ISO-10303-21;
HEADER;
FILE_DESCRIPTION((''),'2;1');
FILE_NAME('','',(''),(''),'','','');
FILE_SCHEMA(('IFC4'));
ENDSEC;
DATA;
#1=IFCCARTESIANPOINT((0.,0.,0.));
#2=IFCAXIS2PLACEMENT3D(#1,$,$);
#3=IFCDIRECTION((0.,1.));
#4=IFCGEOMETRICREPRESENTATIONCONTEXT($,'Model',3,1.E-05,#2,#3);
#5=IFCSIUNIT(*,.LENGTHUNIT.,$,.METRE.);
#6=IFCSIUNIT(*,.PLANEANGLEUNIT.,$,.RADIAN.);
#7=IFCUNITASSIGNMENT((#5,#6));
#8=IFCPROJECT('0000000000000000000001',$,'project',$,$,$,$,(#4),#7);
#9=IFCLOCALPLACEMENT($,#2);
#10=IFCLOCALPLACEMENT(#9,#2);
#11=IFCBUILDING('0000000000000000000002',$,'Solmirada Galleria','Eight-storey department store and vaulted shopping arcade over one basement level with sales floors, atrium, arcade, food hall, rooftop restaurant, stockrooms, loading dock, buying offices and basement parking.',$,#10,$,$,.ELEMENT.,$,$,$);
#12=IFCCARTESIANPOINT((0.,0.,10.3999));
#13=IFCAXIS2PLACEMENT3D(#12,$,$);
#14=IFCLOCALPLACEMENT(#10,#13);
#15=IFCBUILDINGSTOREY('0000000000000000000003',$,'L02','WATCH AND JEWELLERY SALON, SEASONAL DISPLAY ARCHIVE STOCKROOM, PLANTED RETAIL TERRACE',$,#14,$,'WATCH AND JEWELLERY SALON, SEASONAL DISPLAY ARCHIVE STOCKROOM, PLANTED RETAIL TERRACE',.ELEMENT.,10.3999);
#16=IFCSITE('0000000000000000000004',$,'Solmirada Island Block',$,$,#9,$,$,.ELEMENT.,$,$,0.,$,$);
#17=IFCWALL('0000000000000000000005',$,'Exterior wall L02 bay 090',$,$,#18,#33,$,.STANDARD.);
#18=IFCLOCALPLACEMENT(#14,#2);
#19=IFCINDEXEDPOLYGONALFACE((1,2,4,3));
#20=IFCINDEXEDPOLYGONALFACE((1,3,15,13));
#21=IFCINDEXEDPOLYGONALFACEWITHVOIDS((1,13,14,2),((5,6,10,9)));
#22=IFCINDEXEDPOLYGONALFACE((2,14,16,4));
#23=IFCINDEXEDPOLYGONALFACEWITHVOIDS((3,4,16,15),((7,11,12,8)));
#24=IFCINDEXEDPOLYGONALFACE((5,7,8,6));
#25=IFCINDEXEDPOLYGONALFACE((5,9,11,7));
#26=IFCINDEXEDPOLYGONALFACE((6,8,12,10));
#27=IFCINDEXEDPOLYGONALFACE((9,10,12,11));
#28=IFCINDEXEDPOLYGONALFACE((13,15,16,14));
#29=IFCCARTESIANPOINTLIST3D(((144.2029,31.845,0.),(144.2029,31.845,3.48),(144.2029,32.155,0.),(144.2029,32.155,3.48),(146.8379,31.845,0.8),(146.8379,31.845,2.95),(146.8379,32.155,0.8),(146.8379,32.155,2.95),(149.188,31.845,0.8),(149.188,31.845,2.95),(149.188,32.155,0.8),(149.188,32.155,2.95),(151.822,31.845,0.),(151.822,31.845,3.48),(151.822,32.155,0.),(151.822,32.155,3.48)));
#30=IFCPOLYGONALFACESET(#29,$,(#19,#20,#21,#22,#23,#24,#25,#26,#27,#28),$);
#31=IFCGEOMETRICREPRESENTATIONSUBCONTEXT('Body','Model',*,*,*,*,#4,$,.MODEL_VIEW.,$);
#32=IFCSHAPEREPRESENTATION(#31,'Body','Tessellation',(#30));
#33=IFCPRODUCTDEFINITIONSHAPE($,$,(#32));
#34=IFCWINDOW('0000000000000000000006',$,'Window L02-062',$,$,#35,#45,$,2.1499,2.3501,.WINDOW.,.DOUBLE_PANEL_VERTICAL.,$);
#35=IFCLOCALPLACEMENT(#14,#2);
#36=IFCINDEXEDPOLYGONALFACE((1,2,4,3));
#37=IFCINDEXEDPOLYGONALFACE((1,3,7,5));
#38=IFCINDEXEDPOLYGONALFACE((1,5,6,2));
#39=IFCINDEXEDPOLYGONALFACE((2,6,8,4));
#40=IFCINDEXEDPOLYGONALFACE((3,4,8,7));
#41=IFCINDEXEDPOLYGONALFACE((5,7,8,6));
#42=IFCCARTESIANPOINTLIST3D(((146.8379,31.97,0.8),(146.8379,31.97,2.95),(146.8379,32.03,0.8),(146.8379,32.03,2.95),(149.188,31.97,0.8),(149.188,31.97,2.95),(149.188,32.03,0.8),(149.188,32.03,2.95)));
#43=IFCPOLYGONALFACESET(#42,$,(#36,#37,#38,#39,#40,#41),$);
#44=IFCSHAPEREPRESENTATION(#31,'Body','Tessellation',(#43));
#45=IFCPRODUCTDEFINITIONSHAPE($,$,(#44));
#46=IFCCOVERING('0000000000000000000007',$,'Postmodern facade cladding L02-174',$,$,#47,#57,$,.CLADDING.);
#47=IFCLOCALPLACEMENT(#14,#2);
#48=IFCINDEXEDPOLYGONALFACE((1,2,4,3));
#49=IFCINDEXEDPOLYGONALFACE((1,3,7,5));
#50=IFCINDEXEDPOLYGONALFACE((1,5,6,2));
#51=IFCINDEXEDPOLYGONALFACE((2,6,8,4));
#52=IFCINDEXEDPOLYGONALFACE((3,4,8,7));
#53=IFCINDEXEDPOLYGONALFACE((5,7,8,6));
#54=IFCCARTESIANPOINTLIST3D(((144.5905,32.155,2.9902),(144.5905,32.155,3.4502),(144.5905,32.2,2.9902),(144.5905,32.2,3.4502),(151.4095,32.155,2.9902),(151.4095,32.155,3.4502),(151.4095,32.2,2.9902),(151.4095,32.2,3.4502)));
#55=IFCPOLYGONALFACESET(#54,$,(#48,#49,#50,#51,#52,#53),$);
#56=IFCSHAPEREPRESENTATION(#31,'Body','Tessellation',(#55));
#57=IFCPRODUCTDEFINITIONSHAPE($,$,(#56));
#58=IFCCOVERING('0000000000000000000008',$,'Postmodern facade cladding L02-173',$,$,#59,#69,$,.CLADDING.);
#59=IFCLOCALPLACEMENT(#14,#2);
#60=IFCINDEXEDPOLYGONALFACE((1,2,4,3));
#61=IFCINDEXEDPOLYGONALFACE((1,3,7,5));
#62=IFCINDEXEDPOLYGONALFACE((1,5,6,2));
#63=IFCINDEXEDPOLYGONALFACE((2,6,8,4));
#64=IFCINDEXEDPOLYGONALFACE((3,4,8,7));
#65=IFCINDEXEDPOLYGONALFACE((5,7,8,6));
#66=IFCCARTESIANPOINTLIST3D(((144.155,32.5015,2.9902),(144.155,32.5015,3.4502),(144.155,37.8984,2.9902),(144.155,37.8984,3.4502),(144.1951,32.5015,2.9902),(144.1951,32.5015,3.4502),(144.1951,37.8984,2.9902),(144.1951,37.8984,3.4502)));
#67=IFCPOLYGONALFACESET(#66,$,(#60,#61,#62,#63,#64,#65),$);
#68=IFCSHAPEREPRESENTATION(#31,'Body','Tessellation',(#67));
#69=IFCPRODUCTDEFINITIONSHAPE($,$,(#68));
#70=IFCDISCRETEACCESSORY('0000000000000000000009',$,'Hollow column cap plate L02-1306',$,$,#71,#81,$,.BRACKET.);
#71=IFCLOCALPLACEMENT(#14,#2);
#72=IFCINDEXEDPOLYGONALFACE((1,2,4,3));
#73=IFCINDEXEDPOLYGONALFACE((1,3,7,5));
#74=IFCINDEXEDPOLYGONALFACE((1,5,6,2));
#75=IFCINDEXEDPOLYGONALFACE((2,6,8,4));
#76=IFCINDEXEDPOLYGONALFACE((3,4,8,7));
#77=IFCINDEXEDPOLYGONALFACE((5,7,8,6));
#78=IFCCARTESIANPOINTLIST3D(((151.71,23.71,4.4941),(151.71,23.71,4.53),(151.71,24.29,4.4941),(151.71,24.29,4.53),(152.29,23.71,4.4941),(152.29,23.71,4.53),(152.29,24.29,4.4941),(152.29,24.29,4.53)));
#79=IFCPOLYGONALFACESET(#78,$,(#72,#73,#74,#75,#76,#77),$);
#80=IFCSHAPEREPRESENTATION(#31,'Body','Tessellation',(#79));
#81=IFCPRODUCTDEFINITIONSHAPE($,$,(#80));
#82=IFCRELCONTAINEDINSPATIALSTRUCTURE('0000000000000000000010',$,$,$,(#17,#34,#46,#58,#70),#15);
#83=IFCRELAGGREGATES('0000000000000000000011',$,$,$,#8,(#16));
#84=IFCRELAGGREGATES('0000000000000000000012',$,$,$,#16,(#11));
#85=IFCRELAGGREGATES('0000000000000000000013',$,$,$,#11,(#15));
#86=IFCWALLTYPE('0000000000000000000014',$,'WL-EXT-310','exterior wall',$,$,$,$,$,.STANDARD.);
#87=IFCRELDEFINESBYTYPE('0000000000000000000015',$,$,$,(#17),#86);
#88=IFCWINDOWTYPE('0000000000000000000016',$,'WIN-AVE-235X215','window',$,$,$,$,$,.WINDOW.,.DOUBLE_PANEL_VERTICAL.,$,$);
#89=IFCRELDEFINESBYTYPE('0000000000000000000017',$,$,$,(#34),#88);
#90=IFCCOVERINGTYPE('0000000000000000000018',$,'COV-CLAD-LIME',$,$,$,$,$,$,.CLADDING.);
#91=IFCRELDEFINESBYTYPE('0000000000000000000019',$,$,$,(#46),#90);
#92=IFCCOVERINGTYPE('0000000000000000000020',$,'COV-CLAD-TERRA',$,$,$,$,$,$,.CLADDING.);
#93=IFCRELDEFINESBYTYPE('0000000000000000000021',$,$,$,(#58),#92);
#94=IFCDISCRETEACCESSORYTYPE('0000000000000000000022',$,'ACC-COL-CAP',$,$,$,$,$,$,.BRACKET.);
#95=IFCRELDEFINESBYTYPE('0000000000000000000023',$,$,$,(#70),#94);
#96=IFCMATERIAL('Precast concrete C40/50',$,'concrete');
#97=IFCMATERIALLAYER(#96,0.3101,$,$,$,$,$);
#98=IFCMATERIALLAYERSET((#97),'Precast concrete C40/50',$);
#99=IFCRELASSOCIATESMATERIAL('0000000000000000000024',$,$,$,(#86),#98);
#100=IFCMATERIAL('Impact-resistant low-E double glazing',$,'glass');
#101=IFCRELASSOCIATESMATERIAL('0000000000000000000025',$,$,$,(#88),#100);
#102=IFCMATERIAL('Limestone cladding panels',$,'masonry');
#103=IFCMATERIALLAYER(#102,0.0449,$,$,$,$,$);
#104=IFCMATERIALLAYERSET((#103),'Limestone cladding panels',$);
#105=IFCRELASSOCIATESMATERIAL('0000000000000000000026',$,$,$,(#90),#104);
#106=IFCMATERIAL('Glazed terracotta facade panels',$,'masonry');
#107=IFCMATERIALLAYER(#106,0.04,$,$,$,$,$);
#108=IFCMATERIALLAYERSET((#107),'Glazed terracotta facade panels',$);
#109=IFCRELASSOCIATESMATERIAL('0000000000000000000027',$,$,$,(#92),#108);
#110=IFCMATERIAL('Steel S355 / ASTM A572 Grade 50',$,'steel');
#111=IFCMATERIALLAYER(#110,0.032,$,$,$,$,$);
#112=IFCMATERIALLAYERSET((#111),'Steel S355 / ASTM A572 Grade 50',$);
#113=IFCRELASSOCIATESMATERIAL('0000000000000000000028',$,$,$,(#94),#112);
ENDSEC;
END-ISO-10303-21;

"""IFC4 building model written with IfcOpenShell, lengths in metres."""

from ifc_helpers import new_model, si_unit, direction, frame, frame_2d, origin, origin_2d, place, context, subcontext, project, spatial, rectangle, extrude, material, layer, layer_set, type_object, element, fill, save


model = new_model("IFC4")

# Units and contexts
model_context = context("Model", 3, precision=1e-05, world=origin(), true_north=direction((0.0, 1.0)))
body_context = subcontext(model_context, "Body", "Model", "MODEL_VIEW")
ifc_project = project(units=[si_unit("LENGTHUNIT", "METRE"), si_unit("PLANEANGLEUNIT", "RADIAN")], contexts=[model_context])

# Site, building, storey
site_placement = place(None, origin())
site = spatial("IfcSite", under=ifc_project, at=site_placement, Name="Solmirada Island Block", CompositionType="ELEMENT", RefElevation=0.0)
building_placement = place(site_placement, origin())
building = spatial("IfcBuilding", under=site, at=building_placement, Name="Solmirada Galleria", Description="Eight-storey department store and vaulted shopping arcade over one basement level with sales floors, atrium, arcade, food hall, rooftop restaurant, stockrooms, loading dock, buying offices and basement parking.", CompositionType="ELEMENT")
storey_placement = place(building_placement, frame((0.0, 0.0, 10.3999)))
storey = spatial("IfcBuildingStorey", under=building, at=storey_placement, Name="L02", Description="WATCH AND JEWELLERY SALON, SEASONAL DISPLAY ARCHIVE STOCKROOM, PLANTED RETAIL TERRACE", LongName="WATCH AND JEWELLERY SALON, SEASONAL DISPLAY ARCHIVE STOCKROOM, PLANTED RETAIL TERRACE", CompositionType="ELEMENT", Elevation=10.3999)

# Shared definitions
ifc_material_1 = material(Name="Impact-resistant low-E double glazing", Category="glass")

# Wall, opening, window
ifc_material_2 = material(Name="Precast concrete C40/50", Category="concrete")
ifc_layer_1 = layer(ifc_material_2, 0.3101)
ifc_layer_set_1 = layer_set([ifc_layer_1], Name="Precast concrete C40/50")
wall_type = type_object("IfcWallType", Name="WL-EXT-310", Description="exterior wall", PredefinedType="STANDARD", material=ifc_layer_set_1)
wall_placement = place(storey_placement, frame((144.2029, 32.0, 0.0), z_axis=(0.0, 0.0, 1.0), x_axis=(1.0, 0.0, 0.0)))
wall = element("IfcWall", 1, at=wall_placement, inside=storey, type_object=wall_type, Name="Exterior wall L02 bay 090", PredefinedType="STANDARD", context=body_context, shape_type="SweptSolid", body=[
    extrude(rectangle(XDim=7.6191, YDim=0.3101, at=frame_2d((3.8096, 0.0))), origin(), (0.0, 0.0, 1.0), 3.48),
])
opening_placement = place(wall_placement, frame((2.635, 0.0, 0.8)))
opening = element("IfcOpeningElement", 2, at=opening_placement, cuts=wall, PredefinedType="OPENING", context=body_context, shape_type="SweptSolid", body=[
    extrude(rectangle(XDim=2.3501, YDim=2.1499, at=frame_2d((1.175, 1.075))), frame((0.0, 0.165, 0.0), z_axis=(0.0, -1.0, 0.0), x_axis=(1.0, 0.0, 0.0)), (0.0, 0.0, 1.0), 0.3301),
])
window_type = type_object("IfcWindowType", Name="WIN-AVE-235X215", Description="window", PartitioningType="DOUBLE_PANEL_VERTICAL", PredefinedType="WINDOW", material=ifc_material_1)
window_placement = place(opening_placement, origin())
window = element("IfcWindow", 3, at=window_placement, inside=storey, type_object=window_type, Name="Window L02-062", OverallHeight=2.1499, OverallWidth=2.3501, PartitioningType="DOUBLE_PANEL_VERTICAL", PredefinedType="WINDOW", context=body_context, shape_type="SweptSolid", body=[
    extrude(rectangle(XDim=2.3501, YDim=2.1499, at=frame_2d((1.175, 1.075))), frame((0.0, 0.03, 0.0), z_axis=(0.0, -1.0, 0.0), x_axis=(1.0, 0.0, 0.0)), (0.0, 0.0, 1.0), 0.0601),
])
fill(opening, window)

# Coverings
ifc_material_3 = material(Name="Limestone cladding panels", Category="masonry")
ifc_layer_2 = layer(ifc_material_3, 0.0449)
ifc_layer_set_2 = layer_set([ifc_layer_2], Name="Limestone cladding panels")
covering_type_1 = type_object("IfcCoveringType", Name="COV-CLAD-LIME", PredefinedType="CLADDING", material=ifc_layer_set_2)
covering_1_placement = place(storey_placement, frame((148.0, 32.1775, 2.9902), z_axis=(0.0, 0.0, 1.0), x_axis=(1.0, 0.0, 0.0)))
element("IfcCovering", 4, at=covering_1_placement, inside=storey, type_object=covering_type_1, Name="Postmodern facade cladding L02-174", PredefinedType="CLADDING", context=body_context, shape_type="SweptSolid", body=[
    extrude(rectangle(XDim=6.8191, YDim=0.0449, at=origin_2d()), origin(), (0.0, 0.0, 1.0), 0.46),
])
ifc_material_4 = material(Name="Glazed terracotta facade panels", Category="masonry")
ifc_layer_3 = layer(ifc_material_4, 0.04)
ifc_layer_set_3 = layer_set([ifc_layer_3], Name="Glazed terracotta facade panels")
covering_type_2 = type_object("IfcCoveringType", Name="COV-CLAD-TERRA", PredefinedType="CLADDING", material=ifc_layer_set_3)
covering_2_placement = place(storey_placement, frame((144.175, 35.2, 2.9902), z_axis=(0.0, 0.0, 1.0), x_axis=(0.0, -1.0, 0.0)))
element("IfcCovering", 5, at=covering_2_placement, inside=storey, type_object=covering_type_2, Name="Postmodern facade cladding L02-173", PredefinedType="CLADDING", context=body_context, shape_type="SweptSolid", body=[
    extrude(rectangle(XDim=5.397, YDim=0.04, at=origin_2d()), origin(), (0.0, 0.0, 1.0), 0.46),
])

# Discrete accessory
ifc_material_5 = material(Name="Steel S355 / ASTM A572 Grade 50", Category="steel")
ifc_layer_4 = layer(ifc_material_5, 0.032)
ifc_layer_set_4 = layer_set([ifc_layer_4], Name="Steel S355 / ASTM A572 Grade 50")
discrete_accessory_type = type_object("IfcDiscreteAccessoryType", Name="ACC-COL-CAP", PredefinedType="BRACKET", material=ifc_layer_set_4)
discrete_accessory_placement = place(storey_placement, frame((152.0, 24.0, 4.4941), z_axis=(0.0, 0.0, 1.0), x_axis=(1.0, 0.0, 0.0)))
element("IfcDiscreteAccessory", 6, at=discrete_accessory_placement, inside=storey, type_object=discrete_accessory_type, Name="Hollow column cap plate L02-1306", PredefinedType="BRACKET", context=body_context, shape_type="SweptSolid", body=[
    extrude(rectangle(XDim=0.5801, YDim=0.5801, at=origin_2d()), origin(), (0.0, 0.0, 1.0), 0.0359),
])

save(model, "model.ifc")
